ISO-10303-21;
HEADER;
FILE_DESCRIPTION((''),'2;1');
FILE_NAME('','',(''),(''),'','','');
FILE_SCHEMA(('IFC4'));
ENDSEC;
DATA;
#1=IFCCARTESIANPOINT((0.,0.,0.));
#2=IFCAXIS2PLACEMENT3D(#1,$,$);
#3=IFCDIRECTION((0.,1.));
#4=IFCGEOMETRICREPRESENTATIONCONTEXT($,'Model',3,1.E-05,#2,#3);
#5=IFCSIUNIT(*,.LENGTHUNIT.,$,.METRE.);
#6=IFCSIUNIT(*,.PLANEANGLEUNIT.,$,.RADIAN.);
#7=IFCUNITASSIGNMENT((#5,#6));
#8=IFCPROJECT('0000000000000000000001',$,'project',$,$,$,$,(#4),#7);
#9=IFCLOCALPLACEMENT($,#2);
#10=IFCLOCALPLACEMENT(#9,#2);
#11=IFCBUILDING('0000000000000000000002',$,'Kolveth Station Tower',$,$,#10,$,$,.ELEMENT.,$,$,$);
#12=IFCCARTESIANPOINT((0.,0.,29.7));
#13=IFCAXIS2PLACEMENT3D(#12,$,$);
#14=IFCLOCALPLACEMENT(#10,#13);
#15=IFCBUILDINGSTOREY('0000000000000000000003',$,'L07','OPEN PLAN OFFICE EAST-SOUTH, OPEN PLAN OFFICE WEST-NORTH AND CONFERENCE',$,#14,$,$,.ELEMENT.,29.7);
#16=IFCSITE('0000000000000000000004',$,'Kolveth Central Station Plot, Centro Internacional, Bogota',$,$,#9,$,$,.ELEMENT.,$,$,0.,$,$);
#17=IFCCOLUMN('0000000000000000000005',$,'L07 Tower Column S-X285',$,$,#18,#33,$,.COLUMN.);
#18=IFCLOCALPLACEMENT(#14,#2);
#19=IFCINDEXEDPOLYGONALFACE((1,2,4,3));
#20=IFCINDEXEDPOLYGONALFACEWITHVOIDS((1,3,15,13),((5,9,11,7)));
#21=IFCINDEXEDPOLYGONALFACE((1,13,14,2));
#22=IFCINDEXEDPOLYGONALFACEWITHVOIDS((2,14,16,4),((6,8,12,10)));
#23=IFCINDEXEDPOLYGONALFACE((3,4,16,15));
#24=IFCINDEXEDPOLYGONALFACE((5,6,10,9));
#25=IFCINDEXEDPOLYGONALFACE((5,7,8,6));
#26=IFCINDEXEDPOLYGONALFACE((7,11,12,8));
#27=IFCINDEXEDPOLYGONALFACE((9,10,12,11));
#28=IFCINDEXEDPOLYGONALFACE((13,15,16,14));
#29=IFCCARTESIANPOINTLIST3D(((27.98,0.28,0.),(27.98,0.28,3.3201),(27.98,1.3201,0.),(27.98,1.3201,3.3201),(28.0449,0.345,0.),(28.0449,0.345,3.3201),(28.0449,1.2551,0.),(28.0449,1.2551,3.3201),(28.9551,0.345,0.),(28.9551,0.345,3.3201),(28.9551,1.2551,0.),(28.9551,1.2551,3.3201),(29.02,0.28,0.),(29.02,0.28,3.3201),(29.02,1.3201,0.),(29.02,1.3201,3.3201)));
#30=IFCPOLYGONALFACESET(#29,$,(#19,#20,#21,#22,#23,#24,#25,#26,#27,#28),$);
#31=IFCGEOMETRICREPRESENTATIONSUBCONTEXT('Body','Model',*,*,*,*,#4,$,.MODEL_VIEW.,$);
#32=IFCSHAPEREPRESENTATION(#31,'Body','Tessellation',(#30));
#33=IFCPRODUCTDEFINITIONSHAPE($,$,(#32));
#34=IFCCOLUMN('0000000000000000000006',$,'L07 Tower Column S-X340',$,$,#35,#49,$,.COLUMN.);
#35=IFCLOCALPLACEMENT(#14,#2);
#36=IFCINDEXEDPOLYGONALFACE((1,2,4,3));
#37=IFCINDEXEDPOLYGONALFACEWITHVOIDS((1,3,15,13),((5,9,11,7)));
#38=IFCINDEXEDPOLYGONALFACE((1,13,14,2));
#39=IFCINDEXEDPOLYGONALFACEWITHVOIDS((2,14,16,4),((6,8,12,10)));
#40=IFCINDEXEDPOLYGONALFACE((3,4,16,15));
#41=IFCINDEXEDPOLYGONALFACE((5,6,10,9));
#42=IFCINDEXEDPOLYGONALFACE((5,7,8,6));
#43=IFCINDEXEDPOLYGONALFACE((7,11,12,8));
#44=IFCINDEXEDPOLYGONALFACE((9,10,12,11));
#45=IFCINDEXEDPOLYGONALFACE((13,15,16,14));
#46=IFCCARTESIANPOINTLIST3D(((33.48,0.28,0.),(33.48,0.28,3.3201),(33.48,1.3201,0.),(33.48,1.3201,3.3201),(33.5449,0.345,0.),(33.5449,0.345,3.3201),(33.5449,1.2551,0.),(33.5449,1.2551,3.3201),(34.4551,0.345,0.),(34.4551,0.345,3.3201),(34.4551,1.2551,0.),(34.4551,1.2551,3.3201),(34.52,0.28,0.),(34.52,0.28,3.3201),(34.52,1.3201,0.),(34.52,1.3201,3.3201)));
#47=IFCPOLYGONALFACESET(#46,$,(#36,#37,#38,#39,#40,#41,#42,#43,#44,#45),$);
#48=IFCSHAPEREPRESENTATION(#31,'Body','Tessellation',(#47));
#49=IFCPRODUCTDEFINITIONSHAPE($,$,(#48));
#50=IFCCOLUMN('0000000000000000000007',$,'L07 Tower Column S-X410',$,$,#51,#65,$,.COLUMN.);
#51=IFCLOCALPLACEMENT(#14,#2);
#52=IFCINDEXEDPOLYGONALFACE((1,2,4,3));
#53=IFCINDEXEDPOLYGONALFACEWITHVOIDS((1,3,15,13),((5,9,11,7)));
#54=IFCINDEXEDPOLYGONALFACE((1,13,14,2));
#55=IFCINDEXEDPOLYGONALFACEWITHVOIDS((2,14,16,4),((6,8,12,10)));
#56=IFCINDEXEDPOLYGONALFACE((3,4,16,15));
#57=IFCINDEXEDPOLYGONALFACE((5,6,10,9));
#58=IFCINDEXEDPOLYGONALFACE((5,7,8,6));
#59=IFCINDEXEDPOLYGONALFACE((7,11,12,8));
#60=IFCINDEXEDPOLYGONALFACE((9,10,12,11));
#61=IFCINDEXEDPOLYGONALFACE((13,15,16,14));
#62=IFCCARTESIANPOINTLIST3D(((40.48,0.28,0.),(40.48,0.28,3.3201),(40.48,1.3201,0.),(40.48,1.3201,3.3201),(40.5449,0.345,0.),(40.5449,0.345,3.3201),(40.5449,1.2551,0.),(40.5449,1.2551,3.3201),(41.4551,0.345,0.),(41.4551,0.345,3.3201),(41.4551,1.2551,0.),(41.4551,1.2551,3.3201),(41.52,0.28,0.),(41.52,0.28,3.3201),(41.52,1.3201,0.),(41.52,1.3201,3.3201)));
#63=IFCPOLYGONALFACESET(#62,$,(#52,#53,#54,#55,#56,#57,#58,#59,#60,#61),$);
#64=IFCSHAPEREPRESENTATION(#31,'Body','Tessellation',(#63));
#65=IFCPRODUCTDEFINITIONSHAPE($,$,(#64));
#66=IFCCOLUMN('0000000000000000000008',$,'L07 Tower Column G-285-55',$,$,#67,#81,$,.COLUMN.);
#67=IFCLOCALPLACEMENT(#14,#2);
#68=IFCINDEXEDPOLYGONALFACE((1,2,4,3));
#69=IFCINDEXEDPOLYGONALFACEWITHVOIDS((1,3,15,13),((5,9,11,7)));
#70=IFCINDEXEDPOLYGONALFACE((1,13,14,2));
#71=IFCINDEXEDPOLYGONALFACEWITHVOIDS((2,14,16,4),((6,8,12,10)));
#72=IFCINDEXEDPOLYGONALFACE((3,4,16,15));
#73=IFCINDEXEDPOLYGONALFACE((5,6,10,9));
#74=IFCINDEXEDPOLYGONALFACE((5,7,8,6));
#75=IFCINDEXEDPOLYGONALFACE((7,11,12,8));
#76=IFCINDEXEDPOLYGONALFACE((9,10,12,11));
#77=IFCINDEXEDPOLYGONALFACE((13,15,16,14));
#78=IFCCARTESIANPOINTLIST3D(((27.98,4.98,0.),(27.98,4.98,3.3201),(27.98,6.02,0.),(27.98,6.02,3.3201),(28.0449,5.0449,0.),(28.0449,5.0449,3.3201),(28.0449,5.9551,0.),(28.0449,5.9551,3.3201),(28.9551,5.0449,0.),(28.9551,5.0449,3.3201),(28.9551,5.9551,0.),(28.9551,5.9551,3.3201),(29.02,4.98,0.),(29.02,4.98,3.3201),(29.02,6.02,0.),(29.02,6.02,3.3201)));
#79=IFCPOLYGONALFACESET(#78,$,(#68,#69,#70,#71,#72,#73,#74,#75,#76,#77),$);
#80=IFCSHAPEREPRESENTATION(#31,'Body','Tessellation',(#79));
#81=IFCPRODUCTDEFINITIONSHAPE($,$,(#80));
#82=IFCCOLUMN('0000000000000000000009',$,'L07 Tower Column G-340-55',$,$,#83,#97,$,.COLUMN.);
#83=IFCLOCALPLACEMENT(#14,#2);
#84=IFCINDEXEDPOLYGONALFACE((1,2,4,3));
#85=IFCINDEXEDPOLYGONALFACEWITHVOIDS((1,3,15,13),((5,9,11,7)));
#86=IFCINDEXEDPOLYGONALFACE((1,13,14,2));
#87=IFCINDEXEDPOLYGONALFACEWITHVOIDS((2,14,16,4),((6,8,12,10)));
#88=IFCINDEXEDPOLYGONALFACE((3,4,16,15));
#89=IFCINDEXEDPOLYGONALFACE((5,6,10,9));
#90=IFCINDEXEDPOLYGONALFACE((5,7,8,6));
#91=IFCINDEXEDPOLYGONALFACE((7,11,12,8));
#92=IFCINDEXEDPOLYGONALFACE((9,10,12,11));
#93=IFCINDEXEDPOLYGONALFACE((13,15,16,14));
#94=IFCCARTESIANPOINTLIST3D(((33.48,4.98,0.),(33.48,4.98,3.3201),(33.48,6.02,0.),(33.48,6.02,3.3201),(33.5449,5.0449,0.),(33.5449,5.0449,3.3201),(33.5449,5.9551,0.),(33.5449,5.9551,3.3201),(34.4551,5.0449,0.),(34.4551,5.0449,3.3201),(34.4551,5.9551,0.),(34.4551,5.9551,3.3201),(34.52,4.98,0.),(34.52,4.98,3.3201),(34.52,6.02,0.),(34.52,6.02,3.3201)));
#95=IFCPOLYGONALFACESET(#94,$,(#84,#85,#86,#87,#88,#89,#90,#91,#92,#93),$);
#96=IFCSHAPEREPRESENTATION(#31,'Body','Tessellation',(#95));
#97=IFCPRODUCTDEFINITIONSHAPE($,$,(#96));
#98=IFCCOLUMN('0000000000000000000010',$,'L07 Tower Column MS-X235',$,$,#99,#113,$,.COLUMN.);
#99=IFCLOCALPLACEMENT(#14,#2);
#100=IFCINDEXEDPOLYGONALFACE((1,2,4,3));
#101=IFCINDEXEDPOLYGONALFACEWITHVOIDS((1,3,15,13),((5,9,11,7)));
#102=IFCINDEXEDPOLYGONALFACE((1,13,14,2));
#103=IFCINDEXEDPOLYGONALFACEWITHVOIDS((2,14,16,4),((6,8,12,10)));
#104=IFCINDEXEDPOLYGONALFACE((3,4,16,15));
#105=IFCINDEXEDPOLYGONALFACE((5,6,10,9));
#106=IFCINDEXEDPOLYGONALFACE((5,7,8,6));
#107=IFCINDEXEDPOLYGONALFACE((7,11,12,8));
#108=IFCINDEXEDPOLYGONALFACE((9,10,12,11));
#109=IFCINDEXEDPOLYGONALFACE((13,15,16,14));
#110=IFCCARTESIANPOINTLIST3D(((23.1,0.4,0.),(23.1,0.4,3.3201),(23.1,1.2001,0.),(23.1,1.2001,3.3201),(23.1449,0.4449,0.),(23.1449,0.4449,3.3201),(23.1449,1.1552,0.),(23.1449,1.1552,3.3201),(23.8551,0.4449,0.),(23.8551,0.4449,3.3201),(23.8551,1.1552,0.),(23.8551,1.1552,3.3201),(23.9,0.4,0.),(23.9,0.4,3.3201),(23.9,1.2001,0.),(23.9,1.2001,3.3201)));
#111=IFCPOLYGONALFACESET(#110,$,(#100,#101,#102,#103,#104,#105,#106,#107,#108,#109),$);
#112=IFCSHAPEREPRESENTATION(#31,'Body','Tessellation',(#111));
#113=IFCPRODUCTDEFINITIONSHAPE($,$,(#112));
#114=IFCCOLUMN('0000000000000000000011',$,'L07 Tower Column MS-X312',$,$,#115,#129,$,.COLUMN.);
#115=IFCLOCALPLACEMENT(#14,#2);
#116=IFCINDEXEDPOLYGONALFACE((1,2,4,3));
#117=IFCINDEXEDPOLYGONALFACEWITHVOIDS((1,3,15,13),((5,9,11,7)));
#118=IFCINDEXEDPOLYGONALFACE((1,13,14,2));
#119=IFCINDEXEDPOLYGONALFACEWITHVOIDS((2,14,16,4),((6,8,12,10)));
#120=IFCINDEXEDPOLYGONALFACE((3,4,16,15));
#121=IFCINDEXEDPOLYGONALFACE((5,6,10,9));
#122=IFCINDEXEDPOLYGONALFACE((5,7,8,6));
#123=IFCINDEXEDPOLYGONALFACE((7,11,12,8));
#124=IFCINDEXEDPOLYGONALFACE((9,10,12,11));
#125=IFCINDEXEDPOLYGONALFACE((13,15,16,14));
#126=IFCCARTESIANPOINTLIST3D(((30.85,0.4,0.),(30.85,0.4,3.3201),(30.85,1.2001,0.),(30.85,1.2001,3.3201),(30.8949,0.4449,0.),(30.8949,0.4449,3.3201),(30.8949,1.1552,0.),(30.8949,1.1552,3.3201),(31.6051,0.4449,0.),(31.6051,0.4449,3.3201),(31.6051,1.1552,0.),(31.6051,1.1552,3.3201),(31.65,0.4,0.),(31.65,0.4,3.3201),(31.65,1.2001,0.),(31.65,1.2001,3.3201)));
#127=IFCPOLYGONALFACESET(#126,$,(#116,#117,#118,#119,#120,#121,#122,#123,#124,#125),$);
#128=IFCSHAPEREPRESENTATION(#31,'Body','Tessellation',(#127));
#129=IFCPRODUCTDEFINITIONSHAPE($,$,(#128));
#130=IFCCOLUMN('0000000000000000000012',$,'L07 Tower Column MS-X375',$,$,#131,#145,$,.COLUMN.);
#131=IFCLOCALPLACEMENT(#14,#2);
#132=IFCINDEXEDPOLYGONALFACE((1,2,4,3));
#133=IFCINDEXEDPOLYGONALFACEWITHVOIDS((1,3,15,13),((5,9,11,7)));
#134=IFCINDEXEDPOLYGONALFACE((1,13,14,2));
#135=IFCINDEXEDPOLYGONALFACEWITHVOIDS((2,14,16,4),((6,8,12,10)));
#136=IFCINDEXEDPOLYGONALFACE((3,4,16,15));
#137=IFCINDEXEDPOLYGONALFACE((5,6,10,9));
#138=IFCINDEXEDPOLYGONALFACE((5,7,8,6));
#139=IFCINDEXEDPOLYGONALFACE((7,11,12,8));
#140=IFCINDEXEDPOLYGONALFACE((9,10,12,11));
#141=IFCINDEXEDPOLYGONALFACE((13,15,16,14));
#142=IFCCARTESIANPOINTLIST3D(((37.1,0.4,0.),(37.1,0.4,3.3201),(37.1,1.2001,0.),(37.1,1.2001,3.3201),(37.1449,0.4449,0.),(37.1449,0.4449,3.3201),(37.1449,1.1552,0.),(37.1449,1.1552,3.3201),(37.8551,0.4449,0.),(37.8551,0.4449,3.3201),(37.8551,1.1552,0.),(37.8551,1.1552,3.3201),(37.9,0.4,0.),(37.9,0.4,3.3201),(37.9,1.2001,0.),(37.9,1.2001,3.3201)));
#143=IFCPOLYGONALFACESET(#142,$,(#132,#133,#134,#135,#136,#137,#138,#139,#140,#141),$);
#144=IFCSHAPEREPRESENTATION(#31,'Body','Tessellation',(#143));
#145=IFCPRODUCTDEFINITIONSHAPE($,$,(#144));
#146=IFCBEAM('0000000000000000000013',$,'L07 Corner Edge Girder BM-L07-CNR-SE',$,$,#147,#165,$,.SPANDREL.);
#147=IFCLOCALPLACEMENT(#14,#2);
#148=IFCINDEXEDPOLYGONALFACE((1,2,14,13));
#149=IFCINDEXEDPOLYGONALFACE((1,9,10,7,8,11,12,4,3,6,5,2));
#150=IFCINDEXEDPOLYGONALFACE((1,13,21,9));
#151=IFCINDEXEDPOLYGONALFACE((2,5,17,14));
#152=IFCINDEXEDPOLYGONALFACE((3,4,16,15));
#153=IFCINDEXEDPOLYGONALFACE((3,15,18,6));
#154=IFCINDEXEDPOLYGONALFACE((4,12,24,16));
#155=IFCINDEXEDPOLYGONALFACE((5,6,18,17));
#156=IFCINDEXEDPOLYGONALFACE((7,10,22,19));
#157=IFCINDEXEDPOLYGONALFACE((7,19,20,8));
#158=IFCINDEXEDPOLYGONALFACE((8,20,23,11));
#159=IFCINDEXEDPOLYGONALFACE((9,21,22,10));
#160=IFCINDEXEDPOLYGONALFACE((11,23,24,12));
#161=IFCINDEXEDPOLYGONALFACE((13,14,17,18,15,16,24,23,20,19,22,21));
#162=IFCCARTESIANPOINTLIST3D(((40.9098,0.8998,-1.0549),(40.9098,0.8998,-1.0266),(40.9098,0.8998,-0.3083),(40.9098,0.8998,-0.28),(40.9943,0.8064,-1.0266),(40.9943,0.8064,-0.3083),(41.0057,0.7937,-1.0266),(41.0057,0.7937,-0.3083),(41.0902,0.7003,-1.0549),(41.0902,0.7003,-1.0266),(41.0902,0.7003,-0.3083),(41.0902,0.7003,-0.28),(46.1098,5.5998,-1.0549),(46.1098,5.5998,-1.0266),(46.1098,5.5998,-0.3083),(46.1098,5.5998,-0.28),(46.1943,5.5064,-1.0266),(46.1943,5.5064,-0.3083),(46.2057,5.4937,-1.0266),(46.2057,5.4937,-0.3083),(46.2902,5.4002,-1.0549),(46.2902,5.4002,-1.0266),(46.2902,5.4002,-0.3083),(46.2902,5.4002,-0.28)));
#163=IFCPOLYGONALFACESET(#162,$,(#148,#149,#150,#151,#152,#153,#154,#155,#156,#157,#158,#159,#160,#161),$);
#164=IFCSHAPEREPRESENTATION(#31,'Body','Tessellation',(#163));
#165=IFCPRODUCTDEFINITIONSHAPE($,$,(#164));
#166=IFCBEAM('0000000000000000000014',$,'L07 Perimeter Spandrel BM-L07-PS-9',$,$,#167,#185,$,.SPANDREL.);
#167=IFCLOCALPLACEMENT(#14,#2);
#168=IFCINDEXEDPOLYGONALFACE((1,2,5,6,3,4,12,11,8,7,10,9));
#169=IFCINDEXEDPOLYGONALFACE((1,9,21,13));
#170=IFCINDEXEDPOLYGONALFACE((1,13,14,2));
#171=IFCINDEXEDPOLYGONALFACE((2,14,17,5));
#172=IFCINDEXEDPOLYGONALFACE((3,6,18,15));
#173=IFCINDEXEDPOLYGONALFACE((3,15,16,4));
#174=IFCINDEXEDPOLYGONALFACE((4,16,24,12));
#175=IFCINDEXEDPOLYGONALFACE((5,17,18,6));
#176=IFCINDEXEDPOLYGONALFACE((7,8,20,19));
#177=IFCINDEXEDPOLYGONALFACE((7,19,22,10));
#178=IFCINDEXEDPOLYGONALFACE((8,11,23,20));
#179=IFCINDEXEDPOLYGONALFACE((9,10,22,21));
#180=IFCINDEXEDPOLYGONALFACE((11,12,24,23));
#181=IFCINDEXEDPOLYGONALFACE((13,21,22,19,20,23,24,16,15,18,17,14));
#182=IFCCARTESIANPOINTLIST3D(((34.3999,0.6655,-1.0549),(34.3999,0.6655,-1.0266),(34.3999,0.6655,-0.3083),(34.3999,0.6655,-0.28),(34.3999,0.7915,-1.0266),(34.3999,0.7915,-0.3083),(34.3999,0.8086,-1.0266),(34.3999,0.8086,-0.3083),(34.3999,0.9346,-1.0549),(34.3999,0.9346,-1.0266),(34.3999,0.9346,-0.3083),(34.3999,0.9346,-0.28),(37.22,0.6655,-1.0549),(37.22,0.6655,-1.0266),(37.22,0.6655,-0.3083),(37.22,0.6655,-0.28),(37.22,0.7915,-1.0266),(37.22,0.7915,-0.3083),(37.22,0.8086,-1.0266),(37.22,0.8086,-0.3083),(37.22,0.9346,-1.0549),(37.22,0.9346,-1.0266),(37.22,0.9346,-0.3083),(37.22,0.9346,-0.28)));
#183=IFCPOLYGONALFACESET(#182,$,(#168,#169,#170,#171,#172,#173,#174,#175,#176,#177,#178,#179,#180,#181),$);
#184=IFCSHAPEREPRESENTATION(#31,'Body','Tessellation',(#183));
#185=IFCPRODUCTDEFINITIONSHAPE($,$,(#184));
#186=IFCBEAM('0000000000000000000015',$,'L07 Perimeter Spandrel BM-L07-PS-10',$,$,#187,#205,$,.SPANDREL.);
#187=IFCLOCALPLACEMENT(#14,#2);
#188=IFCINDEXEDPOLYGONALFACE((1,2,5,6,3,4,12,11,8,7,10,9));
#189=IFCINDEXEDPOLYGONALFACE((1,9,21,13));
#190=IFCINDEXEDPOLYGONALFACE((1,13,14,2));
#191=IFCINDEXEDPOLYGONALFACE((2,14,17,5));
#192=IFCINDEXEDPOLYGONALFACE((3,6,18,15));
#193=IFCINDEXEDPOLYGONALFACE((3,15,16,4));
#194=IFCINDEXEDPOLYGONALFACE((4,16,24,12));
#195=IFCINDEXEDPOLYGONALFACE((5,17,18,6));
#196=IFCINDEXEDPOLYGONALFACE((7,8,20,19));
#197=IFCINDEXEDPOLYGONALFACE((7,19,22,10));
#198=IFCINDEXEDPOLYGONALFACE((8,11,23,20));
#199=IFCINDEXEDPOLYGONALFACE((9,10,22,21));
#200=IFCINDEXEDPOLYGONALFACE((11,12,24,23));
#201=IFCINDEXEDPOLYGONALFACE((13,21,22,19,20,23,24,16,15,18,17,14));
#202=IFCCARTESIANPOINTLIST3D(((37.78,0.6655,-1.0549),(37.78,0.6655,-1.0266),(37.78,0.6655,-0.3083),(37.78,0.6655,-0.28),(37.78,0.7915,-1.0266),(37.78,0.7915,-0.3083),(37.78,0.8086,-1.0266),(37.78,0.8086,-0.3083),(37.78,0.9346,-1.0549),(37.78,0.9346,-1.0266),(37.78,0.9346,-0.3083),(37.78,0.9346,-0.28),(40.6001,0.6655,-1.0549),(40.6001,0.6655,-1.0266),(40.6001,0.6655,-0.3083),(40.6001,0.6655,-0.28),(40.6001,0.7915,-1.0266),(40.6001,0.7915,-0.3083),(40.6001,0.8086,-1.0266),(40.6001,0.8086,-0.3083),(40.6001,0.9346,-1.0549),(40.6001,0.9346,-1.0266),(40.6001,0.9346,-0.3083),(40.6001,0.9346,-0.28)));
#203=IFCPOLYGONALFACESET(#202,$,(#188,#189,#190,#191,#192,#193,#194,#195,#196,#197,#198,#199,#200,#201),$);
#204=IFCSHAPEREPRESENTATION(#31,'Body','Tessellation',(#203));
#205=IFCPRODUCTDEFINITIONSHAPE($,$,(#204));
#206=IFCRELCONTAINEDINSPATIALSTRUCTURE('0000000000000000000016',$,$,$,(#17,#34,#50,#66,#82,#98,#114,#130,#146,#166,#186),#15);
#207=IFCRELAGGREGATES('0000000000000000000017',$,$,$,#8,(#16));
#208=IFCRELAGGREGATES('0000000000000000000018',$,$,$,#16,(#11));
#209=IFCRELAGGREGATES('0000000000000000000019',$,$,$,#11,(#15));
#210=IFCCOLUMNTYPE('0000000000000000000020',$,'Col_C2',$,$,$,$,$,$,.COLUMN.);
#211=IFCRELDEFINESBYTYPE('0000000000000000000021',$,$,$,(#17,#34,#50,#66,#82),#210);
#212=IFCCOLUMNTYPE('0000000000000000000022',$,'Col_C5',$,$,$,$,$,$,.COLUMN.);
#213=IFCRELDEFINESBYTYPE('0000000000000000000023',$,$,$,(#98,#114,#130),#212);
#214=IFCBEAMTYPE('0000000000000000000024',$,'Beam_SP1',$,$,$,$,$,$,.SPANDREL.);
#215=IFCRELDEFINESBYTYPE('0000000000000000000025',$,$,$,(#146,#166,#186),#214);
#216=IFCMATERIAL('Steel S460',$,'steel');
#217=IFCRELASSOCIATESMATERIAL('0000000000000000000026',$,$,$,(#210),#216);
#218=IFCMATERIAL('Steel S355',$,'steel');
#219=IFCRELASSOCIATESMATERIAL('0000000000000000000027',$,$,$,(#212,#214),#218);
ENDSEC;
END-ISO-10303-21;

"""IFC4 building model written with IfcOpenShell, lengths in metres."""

from ifc_helpers import new_model, si_unit, direction, frame, origin, origin_2d, place, context, subcontext, project, spatial, hollow_rectangle, i_section, extrude, source, transform, mapped, material, material_profile, profile_set, type_object, element, save


model = new_model("IFC4")

# Units and contexts
model_context = context("Model", 3, precision=1e-05, world=origin(), true_north=direction((0.0, 1.0)))
body_context = subcontext(model_context, "Body", "Model", "MODEL_VIEW")
ifc_project = project(units=[si_unit("LENGTHUNIT", "METRE"), si_unit("PLANEANGLEUNIT", "RADIAN")], contexts=[model_context])

# Site, building, storey
site_placement = place(None, origin())
site = spatial("IfcSite", under=ifc_project, at=site_placement, Name="Kolveth Central Station Plot, Centro Internacional, Bogota", CompositionType="ELEMENT", RefElevation=0.0)
building_placement = place(site_placement, origin())
building = spatial("IfcBuilding", under=site, at=building_placement, Name="Kolveth Station Tower", CompositionType="ELEMENT")
storey_placement = place(building_placement, frame((0.0, 0.0, 29.7)))
storey = spatial("IfcBuildingStorey", under=building, at=storey_placement, Name="L07", Description="OPEN PLAN OFFICE EAST-SOUTH, OPEN PLAN OFFICE WEST-NORTH AND CONFERENCE", CompositionType="ELEMENT", Elevation=29.7)

# Columns
ifc_material_1 = material(Name="Steel S460", Category="steel")
ifc_material_profile_1 = material_profile(ifc_material_1, hollow_rectangle(XDim=1.04, YDim=1.04, WallThickness=0.0649, at=origin_2d()), Name="BOX1040x1040x65")
ifc_profile_set_1 = profile_set([ifc_material_profile_1], Name="Steel S460")
column_type_1 = type_object("IfcColumnType", Name="Col_C2", PredefinedType="COLUMN", material=ifc_profile_set_1)
shared_shape_1 = source(origin(), body_context, "Body", "SweptSolid", [
    extrude(hollow_rectangle(XDim=1.04, YDim=1.04, WallThickness=0.0649, at=origin_2d()), origin(), (0.0, 0.0, 1.0), 3.3201),
])
for number, where, z_axis, x_axis, name in (
    (1, (28.5, 0.8, 0.0), (0.0, 0.0, 1.0), (1.0, 0.0, 0.0), "L07 Tower Column S-X285"),
    (2, (34.0, 0.8, 0.0), (0.0, 0.0, 1.0), (1.0, 0.0, 0.0), "L07 Tower Column S-X340"),
    (3, (41.0, 0.8, 0.0), (0.0, 0.0, 1.0), (1.0, 0.0, 0.0), "L07 Tower Column S-X410"),
    (4, (28.5, 5.5, 0.0), (0.0, 0.0, 1.0), (1.0, 0.0, 0.0), "L07 Tower Column G-285-55"),
    (5, (34.0, 5.5, 0.0), (0.0, 0.0, 1.0), (1.0, 0.0, 0.0), "L07 Tower Column G-340-55"),
):
    element("IfcColumn", number, at=place(storey_placement, frame(where, z_axis=z_axis, x_axis=x_axis)), inside=storey, type_object=column_type_1, Name=name, PredefinedType="COLUMN", context=body_context, shape_type="MappedRepresentation", body=[
        mapped(shared_shape_1, transform((0.0, 0.0, 0.0), x_axis=(1.0, 0.0, 0.0), y_axis=(0.0, 1.0, 0.0), z_axis=(0.0, 0.0, 1.0), scale=1.0)),
    ])
ifc_material_2 = material(Name="Steel S355", Category="steel")
ifc_material_profile_2 = material_profile(ifc_material_2, hollow_rectangle(XDim=0.8, YDim=0.8, WallThickness=0.0449, at=origin_2d()), Name="BOX800x800x45")
ifc_profile_set_2 = profile_set([ifc_material_profile_2], Name="Steel S355")
column_type_2 = type_object("IfcColumnType", Name="Col_C5", PredefinedType="COLUMN", material=ifc_profile_set_2)
shared_shape_2 = source(origin(), body_context, "Body", "SweptSolid", [
    extrude(hollow_rectangle(XDim=0.8, YDim=0.8, WallThickness=0.0449, at=origin_2d()), origin(), (0.0, 0.0, 1.0), 3.3201),
])
for number, where, z_axis, x_axis, name in (
    (6, (23.5, 0.8, 0.0), (0.0, 0.0, 1.0), (1.0, 0.0, 0.0), "L07 Tower Column MS-X235"),
    (7, (31.25, 0.8, 0.0), (0.0, 0.0, 1.0), (1.0, 0.0, 0.0), "L07 Tower Column MS-X312"),
    (8, (37.5, 0.8, 0.0), (0.0, 0.0, 1.0), (1.0, 0.0, 0.0), "L07 Tower Column MS-X375"),
):
    element("IfcColumn", number, at=place(storey_placement, frame(where, z_axis=z_axis, x_axis=x_axis)), inside=storey, type_object=column_type_2, Name=name, PredefinedType="COLUMN", context=body_context, shape_type="MappedRepresentation", body=[
        mapped(shared_shape_2, transform((0.0, 0.0, 0.0), x_axis=(1.0, 0.0, 0.0), y_axis=(0.0, 1.0, 0.0), z_axis=(0.0, 0.0, 1.0), scale=1.0)),
    ])

# Beams
ifc_material_profile_3 = material_profile(ifc_material_2, i_section(OverallWidth=0.269, OverallDepth=0.7749, WebThickness=0.0171, FlangeThickness=0.0283, at=origin_2d()), Name="W760x220")
ifc_profile_set_3 = profile_set([ifc_material_profile_3], Name="Steel S355")
beam_type_1 = type_object("IfcBeamType", Name="Beam_SP1", PredefinedType="SPANDREL", material=ifc_profile_set_3)
shared_shape_3 = source(origin(), body_context, "Body", "SweptSolid", [
    extrude(i_section(OverallWidth=0.269, OverallDepth=0.7749, WebThickness=0.0171, FlangeThickness=0.0283, at=origin_2d()), origin(), (0.0, 0.0, 1.0), 7.0093),
])
beam_1_placement = place(storey_placement, frame((41.0, 0.8, -0.6675), z_axis=(0.741874, 0.670539, 0.0), x_axis=(-0.670539, 0.741874, 0.0)))
element("IfcBeam", 9, at=beam_1_placement, inside=storey, type_object=beam_type_1, Name="L07 Corner Edge Girder BM-L07-CNR-SE", PredefinedType="SPANDREL", context=body_context, shape_type="MappedRepresentation", body=[
    mapped(shared_shape_3, transform((0.0, 0.0, 0.0), x_axis=(1.0, 0.0, 0.0), y_axis=(0.0, 1.0, 0.0), z_axis=(0.0, 0.0, 1.0), scale=1.0)),
])
shared_shape_4 = source(origin(), body_context, "Body", "SweptSolid", [
    extrude(i_section(OverallWidth=0.269, OverallDepth=0.7749, WebThickness=0.0171, FlangeThickness=0.0283, at=origin_2d()), origin(), (0.0, 0.0, 1.0), 2.8201),
])
for number, where, z_axis, x_axis, name in (
    (10, (34.3999, 0.8, -0.6675), (1.0, 0.0, 0.0), (0.0, 1.0, 0.0), "L07 Perimeter Spandrel BM-L07-PS-9"),
    (11, (37.78, 0.8, -0.6675), (1.0, 0.0, 0.0), (0.0, 1.0, 0.0), "L07 Perimeter Spandrel BM-L07-PS-10"),
):
    element("IfcBeam", number, at=place(storey_placement, frame(where, z_axis=z_axis, x_axis=x_axis)), inside=storey, type_object=beam_type_1, Name=name, PredefinedType="SPANDREL", context=body_context, shape_type="MappedRepresentation", body=[
        mapped(shared_shape_4, transform((0.0, 0.0, 0.0), x_axis=(1.0, 0.0, 0.0), y_axis=(0.0, 1.0, 0.0), z_axis=(0.0, 0.0, 1.0), scale=1.0)),
    ])

save(model, "model.ifc")
